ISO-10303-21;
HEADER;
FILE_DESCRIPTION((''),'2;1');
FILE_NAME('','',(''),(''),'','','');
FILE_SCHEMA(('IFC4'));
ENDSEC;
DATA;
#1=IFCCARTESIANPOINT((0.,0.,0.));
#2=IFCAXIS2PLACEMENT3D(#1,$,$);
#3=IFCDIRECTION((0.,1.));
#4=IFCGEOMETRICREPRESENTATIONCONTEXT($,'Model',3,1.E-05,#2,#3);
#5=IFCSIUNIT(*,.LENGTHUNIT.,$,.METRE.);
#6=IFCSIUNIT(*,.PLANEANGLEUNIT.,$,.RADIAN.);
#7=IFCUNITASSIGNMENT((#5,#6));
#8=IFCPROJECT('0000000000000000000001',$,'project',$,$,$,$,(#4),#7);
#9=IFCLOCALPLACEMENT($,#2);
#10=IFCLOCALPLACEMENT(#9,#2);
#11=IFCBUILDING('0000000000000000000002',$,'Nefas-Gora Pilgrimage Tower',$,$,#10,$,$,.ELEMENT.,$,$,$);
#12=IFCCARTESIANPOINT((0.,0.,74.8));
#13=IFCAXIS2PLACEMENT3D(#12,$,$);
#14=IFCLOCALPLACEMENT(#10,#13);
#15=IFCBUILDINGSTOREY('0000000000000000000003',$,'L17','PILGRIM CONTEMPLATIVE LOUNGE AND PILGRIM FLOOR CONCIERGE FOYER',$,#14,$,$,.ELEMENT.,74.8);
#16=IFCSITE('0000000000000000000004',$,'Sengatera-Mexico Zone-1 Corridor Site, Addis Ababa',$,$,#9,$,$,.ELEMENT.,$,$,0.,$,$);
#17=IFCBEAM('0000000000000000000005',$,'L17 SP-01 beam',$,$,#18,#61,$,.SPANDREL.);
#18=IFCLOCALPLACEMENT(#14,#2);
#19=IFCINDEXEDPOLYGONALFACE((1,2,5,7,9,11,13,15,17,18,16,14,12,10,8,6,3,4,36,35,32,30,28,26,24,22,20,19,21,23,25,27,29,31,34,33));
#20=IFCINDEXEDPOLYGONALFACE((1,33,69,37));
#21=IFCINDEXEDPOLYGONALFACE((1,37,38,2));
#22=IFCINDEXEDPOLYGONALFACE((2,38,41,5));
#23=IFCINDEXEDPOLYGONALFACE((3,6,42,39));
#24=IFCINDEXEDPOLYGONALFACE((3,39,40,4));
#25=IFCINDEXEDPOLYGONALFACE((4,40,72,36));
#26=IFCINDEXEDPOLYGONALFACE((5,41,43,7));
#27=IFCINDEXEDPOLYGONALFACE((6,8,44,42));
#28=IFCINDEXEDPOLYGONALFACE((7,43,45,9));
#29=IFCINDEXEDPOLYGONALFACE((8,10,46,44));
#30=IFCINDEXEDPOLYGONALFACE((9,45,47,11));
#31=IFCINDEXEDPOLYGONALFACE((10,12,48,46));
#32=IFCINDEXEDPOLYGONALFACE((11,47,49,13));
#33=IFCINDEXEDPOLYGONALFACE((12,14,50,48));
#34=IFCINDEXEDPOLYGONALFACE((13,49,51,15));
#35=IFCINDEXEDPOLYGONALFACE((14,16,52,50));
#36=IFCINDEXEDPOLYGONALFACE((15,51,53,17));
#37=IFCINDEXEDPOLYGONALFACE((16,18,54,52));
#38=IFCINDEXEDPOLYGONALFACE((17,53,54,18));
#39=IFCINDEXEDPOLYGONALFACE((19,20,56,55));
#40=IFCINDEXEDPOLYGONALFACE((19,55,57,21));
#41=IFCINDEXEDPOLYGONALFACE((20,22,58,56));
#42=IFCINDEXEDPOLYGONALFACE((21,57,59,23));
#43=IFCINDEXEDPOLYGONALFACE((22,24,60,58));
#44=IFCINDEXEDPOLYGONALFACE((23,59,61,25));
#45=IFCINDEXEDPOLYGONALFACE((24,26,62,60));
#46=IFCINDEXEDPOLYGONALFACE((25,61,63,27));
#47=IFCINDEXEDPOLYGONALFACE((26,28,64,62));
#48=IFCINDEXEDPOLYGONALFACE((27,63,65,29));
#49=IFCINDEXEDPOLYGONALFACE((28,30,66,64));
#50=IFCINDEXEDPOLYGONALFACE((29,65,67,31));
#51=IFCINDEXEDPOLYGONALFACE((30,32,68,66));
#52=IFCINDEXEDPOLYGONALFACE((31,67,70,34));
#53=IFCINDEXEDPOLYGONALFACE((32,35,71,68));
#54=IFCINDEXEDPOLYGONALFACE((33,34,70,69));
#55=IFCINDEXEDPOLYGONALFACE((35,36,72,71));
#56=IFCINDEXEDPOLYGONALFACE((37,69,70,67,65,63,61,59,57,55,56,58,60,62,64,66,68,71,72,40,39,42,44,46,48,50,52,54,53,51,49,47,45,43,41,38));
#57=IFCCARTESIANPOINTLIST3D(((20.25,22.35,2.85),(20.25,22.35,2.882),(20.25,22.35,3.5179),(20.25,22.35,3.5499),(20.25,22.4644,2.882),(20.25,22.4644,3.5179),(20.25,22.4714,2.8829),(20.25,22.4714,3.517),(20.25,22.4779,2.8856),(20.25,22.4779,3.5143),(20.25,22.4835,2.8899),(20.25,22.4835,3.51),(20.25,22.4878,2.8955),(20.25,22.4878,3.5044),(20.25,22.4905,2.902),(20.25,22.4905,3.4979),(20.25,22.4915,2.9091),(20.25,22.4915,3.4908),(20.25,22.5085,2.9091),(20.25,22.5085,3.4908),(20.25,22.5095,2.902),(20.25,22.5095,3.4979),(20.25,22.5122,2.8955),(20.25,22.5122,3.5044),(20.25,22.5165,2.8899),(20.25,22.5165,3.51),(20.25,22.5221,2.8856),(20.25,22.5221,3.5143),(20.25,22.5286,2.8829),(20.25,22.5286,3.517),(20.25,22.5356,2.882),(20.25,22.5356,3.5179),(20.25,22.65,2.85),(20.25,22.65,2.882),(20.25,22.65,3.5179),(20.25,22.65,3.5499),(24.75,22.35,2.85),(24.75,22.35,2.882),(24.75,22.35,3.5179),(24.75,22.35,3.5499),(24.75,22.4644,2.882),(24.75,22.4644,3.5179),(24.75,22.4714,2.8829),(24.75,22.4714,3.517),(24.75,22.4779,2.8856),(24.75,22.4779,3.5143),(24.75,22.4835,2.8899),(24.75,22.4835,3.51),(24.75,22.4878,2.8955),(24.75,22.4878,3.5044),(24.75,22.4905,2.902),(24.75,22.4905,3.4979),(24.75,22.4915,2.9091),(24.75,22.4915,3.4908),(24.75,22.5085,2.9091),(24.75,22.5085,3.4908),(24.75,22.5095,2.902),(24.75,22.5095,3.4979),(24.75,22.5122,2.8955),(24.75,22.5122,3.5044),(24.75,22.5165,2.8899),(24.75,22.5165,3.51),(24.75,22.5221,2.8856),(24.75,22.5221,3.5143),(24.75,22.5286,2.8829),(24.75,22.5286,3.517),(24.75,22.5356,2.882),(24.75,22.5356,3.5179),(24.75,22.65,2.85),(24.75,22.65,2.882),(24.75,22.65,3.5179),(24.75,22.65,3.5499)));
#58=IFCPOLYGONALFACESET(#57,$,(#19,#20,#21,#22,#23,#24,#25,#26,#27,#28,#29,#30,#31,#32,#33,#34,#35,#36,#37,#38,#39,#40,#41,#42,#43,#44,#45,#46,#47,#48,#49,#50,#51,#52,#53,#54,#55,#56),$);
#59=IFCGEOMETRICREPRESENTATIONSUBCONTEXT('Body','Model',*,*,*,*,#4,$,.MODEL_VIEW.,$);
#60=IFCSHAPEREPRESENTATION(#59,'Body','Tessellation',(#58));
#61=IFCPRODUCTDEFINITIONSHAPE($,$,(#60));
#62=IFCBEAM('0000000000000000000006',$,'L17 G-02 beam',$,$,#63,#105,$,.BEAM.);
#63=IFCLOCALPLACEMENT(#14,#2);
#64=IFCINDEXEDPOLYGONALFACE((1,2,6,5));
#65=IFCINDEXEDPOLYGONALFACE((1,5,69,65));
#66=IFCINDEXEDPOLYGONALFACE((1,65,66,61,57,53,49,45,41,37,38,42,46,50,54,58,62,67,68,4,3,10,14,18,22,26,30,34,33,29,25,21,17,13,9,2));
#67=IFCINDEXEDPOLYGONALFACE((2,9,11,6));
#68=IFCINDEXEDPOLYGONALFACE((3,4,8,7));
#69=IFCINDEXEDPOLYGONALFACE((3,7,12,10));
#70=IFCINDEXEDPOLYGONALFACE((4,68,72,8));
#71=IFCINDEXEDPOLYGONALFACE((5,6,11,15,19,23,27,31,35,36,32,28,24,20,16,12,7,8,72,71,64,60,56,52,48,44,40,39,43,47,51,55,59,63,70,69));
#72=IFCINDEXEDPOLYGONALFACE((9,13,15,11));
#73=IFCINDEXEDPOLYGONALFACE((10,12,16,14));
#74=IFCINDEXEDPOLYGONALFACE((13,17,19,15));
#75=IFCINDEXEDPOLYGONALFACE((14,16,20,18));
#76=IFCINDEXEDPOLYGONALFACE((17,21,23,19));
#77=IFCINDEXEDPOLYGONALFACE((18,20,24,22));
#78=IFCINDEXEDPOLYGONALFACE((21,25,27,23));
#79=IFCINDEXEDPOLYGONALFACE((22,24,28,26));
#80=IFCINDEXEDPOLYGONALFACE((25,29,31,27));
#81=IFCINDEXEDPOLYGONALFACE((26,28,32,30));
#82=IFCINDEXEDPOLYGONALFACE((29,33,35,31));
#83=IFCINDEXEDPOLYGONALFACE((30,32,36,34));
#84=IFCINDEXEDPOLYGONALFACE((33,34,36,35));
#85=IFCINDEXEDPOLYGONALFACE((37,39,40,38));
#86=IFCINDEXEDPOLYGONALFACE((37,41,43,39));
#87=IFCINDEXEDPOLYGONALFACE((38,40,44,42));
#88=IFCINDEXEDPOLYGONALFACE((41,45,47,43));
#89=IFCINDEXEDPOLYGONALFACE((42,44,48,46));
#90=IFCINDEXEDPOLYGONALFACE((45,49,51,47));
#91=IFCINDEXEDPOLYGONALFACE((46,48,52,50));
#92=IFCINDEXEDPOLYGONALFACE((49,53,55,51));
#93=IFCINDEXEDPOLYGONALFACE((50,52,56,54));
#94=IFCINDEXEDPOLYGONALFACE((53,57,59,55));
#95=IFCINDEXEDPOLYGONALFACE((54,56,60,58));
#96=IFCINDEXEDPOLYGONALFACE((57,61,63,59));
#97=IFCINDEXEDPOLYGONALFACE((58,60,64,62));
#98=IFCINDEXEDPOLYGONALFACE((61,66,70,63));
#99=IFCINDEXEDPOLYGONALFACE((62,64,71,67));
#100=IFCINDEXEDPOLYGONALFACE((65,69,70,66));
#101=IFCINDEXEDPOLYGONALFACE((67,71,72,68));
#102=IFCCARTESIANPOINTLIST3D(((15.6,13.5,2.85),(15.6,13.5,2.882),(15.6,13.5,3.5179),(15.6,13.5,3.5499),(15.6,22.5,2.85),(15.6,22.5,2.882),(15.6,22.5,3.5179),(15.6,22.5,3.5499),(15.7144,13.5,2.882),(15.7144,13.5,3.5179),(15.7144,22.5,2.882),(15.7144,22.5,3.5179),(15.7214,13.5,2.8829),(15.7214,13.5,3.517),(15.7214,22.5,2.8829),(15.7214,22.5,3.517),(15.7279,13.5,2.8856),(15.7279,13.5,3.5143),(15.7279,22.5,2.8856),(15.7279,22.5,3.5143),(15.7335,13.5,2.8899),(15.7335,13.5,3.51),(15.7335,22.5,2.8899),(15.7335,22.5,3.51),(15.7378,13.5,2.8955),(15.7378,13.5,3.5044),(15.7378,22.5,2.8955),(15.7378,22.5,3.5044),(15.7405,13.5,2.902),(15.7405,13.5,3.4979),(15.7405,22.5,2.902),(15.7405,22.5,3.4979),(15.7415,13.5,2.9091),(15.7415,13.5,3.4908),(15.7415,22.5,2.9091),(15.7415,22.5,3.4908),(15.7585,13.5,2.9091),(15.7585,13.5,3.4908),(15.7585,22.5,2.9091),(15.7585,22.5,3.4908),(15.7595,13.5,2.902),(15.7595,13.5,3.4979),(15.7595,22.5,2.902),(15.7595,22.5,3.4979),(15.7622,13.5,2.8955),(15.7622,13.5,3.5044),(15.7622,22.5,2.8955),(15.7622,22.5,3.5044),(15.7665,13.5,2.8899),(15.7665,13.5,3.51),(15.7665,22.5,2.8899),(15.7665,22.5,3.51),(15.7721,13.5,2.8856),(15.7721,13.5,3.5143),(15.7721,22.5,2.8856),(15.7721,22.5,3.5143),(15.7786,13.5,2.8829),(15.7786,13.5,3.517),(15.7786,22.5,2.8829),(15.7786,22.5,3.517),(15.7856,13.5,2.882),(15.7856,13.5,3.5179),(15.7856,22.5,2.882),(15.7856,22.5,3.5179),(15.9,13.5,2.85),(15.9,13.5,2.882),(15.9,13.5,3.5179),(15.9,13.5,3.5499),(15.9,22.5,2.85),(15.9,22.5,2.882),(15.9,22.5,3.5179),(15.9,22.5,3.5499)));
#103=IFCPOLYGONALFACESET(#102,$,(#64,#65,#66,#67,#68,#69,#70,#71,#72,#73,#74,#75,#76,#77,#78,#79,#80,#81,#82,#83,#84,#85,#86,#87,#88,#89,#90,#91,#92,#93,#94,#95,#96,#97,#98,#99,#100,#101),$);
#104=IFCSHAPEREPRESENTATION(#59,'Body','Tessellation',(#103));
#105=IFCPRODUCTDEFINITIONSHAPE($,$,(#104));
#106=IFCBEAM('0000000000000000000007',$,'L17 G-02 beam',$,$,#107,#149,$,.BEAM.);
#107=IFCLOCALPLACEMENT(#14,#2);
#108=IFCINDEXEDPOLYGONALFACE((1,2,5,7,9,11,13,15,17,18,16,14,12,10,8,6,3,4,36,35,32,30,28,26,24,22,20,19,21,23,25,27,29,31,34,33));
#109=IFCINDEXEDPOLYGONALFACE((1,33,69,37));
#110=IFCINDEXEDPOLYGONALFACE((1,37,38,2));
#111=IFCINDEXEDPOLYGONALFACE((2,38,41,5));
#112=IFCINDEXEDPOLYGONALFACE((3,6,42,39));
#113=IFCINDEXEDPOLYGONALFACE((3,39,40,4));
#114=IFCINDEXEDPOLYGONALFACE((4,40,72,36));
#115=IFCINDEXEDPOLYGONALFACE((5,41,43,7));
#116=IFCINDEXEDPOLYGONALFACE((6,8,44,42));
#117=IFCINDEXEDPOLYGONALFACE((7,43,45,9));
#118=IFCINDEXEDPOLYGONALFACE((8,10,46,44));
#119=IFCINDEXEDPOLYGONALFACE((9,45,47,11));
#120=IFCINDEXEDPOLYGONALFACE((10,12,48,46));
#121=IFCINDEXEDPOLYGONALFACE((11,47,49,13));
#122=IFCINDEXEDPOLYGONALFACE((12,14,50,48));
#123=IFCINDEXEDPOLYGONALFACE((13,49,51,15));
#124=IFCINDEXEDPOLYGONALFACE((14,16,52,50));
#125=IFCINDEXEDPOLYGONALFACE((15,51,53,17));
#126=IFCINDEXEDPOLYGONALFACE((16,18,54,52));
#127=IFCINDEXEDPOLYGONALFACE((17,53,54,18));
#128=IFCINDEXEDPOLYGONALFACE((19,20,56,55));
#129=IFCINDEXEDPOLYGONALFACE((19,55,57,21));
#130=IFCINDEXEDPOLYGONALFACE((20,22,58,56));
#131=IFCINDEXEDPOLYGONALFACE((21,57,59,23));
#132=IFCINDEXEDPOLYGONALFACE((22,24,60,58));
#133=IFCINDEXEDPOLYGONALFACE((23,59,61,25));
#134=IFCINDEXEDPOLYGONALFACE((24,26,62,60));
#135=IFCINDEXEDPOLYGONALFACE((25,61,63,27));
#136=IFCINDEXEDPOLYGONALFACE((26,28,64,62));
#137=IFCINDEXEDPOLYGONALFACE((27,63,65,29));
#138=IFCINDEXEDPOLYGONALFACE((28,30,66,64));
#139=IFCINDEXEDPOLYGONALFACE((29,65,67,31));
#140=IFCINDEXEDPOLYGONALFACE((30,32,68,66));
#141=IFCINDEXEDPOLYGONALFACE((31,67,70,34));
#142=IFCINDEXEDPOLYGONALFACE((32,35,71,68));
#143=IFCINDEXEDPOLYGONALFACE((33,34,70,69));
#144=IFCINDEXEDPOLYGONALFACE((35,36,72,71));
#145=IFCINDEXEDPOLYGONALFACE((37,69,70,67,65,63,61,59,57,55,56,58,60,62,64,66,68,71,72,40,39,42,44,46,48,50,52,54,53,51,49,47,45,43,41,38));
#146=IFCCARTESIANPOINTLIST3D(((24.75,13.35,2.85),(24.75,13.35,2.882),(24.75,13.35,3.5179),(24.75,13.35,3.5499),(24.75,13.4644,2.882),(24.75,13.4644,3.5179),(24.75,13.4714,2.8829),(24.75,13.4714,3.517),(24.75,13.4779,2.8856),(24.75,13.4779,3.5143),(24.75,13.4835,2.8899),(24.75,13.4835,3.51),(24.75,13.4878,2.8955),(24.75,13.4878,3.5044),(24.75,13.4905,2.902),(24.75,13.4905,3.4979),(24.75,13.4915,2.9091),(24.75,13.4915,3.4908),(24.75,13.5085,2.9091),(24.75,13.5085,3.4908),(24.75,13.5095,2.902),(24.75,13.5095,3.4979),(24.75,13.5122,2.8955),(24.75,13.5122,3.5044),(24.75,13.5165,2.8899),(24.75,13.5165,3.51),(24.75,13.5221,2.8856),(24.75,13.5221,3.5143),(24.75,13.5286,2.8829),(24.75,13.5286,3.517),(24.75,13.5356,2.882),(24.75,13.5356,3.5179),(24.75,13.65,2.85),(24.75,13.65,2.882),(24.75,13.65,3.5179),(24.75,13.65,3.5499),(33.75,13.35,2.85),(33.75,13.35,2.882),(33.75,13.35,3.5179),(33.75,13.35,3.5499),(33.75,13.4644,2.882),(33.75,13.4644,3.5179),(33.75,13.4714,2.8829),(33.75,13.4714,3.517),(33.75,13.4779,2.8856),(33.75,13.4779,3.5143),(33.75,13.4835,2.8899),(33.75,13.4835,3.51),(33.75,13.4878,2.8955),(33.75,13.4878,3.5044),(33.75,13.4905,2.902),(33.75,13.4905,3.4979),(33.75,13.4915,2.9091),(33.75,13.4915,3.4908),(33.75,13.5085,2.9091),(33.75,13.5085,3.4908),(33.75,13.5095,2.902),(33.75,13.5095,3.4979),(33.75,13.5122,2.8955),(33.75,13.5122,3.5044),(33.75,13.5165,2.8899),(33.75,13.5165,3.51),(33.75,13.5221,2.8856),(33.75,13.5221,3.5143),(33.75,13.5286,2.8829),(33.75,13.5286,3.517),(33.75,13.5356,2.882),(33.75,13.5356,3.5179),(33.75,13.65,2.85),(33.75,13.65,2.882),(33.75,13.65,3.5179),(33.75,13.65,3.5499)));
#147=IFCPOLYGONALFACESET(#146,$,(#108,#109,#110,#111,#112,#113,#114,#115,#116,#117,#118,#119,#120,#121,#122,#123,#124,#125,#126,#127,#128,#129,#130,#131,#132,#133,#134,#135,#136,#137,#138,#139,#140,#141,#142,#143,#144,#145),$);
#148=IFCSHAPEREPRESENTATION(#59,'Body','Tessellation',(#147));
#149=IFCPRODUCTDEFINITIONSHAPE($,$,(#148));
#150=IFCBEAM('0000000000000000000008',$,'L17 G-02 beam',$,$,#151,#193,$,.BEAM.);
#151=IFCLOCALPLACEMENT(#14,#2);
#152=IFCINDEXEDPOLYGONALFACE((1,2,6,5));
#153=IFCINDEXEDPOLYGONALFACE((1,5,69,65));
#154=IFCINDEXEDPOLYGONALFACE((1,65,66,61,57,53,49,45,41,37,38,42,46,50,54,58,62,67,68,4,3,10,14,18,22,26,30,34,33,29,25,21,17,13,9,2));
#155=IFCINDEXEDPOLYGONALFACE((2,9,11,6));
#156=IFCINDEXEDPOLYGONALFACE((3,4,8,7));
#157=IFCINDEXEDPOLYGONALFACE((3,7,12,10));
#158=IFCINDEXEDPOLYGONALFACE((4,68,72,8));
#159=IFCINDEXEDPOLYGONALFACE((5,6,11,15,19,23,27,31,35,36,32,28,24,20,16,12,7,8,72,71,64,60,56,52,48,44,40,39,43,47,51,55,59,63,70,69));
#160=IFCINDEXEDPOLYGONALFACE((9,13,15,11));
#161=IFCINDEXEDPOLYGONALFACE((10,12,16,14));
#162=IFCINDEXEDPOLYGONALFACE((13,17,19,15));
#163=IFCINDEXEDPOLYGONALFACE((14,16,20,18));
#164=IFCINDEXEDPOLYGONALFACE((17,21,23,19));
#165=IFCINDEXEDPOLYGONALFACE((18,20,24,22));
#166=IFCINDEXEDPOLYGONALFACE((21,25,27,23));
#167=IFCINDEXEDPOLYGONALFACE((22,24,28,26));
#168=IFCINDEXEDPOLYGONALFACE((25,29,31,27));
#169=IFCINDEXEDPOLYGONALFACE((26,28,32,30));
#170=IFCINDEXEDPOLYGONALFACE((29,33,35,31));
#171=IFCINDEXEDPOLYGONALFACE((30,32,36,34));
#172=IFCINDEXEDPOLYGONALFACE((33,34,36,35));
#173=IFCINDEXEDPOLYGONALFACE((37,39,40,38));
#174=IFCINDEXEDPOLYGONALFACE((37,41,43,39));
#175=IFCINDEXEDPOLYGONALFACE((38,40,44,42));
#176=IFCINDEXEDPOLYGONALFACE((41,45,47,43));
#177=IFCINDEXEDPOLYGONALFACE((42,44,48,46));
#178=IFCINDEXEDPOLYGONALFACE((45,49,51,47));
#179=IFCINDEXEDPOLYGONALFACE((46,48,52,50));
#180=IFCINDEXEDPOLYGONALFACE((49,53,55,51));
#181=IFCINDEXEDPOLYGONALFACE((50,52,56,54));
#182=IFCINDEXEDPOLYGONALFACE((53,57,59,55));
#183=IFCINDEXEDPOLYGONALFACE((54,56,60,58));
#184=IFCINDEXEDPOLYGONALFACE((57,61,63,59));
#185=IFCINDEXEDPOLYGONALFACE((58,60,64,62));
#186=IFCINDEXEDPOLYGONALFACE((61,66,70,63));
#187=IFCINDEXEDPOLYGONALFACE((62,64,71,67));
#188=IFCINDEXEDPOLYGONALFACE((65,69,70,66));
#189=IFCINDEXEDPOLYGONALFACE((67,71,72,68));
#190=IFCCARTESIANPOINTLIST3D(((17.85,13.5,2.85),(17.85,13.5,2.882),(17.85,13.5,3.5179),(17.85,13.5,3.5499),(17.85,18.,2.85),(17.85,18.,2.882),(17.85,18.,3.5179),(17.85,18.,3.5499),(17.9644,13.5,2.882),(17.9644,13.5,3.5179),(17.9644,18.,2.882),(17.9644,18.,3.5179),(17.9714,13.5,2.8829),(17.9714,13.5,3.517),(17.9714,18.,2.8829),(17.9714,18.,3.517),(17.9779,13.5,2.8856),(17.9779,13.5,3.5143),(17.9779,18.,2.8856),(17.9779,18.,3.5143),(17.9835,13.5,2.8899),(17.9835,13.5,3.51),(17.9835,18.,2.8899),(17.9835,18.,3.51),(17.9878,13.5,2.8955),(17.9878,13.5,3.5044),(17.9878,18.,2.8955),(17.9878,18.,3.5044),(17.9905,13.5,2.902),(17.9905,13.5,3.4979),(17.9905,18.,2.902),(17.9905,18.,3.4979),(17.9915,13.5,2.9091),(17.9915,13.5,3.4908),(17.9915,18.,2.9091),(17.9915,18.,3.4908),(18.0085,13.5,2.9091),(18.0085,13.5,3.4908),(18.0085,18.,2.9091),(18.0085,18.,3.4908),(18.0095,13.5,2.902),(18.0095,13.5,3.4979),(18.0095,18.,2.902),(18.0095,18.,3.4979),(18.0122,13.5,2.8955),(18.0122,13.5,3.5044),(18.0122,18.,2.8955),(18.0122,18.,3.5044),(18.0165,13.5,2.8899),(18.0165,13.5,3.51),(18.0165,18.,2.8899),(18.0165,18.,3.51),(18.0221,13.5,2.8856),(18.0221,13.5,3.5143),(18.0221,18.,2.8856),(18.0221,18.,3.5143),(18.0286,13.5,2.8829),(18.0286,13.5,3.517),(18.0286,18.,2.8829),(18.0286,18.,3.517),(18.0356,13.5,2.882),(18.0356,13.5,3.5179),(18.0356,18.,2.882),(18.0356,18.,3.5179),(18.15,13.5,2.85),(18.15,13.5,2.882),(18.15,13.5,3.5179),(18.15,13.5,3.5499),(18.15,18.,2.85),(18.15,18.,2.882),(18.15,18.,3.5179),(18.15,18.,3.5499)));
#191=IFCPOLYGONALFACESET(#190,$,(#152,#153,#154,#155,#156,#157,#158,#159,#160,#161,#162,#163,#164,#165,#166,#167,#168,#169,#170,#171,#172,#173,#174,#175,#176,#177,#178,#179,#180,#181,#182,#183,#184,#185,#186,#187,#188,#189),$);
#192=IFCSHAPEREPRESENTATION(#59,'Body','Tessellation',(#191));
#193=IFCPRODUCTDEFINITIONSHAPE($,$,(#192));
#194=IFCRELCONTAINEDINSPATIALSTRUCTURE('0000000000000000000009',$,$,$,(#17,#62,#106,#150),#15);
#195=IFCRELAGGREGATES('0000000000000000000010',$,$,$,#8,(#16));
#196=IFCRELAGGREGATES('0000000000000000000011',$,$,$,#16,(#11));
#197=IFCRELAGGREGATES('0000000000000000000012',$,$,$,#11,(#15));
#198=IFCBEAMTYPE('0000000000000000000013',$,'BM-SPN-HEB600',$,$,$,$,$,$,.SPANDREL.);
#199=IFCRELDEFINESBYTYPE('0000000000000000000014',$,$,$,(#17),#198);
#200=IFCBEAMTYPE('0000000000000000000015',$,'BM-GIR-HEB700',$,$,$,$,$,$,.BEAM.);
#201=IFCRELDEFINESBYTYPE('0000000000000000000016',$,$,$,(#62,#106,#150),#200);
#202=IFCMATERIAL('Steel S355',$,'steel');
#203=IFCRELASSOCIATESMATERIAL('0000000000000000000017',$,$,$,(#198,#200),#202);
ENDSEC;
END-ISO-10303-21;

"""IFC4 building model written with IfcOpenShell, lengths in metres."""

from ifc_helpers import new_model, si_unit, direction, frame, origin, origin_2d, place, context, subcontext, project, spatial, i_section, extrude, source, transform, mapped, material, material_profile, profile_set, type_object, element, save


model = new_model("IFC4")

# Units and contexts
model_context = context("Model", 3, precision=1e-05, world=origin(), true_north=direction((0.0, 1.0)))
body_context = subcontext(model_context, "Body", "Model", "MODEL_VIEW")
ifc_project = project(units=[si_unit("LENGTHUNIT", "METRE"), si_unit("PLANEANGLEUNIT", "RADIAN")], contexts=[model_context])

# Site, building, storey
site_placement = place(None, origin())
site = spatial("IfcSite", under=ifc_project, at=site_placement, Name="Sengatera-Mexico Zone-1 Corridor Site, Addis Ababa", CompositionType="ELEMENT", RefElevation=0.0)
building_placement = place(site_placement, origin())
building = spatial("IfcBuilding", under=site, at=building_placement, Name="Nefas-Gora Pilgrimage Tower", CompositionType="ELEMENT")
storey_placement = place(building_placement, frame((0.0, 0.0, 74.8)))
storey = spatial("IfcBuildingStorey", under=building, at=storey_placement, Name="L17", Description="PILGRIM CONTEMPLATIVE LOUNGE AND PILGRIM FLOOR CONCIERGE FOYER", CompositionType="ELEMENT", Elevation=74.8)

# Beams
ifc_material_1 = material(Name="Steel S355", Category="steel")
ifc_material_profile_1 = material_profile(ifc_material_1, i_section(OverallWidth=0.3, OverallDepth=0.7, WebThickness=0.0171, FlangeThickness=0.032, FilletRadius=0.0271, at=origin_2d()), Name="HEB 700")
ifc_profile_set_1 = profile_set([ifc_material_profile_1], Name="Steel S355")
beam_type_1 = type_object("IfcBeamType", Name="BM-SPN-HEB600", PredefinedType="SPANDREL", material=ifc_profile_set_1)
shared_shape_1 = source(origin(), body_context, "Body", "SweptSolid", [
    extrude(i_section(OverallWidth=0.3, OverallDepth=0.7, WebThickness=0.0171, FlangeThickness=0.032, FilletRadius=0.0271, at=origin_2d()), origin(), (0.0, 0.0, 1.0), 4.5),
])
beam_1_placement = place(storey_placement, frame((20.25, 22.5, 3.2), z_axis=(1.0, 0.0, 0.0), x_axis=(0.0, 1.0, 0.0)))
element("IfcBeam", 1, at=beam_1_placement, inside=storey, type_object=beam_type_1, Name="L17 SP-01 beam", PredefinedType="SPANDREL", context=body_context, shape_type="MappedRepresentation", body=[
    mapped(shared_shape_1, transform((0.0, 0.0, 0.0), x_axis=(1.0, 0.0, 0.0), y_axis=(0.0, 1.0, 0.0), z_axis=(0.0, 0.0, 1.0), scale=1.0)),
])
ifc_material_profile_2 = material_profile(ifc_material_1, i_section(OverallWidth=0.3, OverallDepth=0.7, WebThickness=0.0171, FlangeThickness=0.032, FilletRadius=0.0271, at=origin_2d()), Name="HEB 700")
ifc_profile_set_2 = profile_set([ifc_material_profile_2], Name="Steel S355")
beam_type_2 = type_object("IfcBeamType", Name="BM-GIR-HEB700", PredefinedType="BEAM", material=ifc_profile_set_2)
shared_shape_2 = source(origin(), body_context, "Body", "SweptSolid", [
    extrude(i_section(OverallWidth=0.3, OverallDepth=0.7, WebThickness=0.0171, FlangeThickness=0.032, FilletRadius=0.0271, at=origin_2d()), origin(), (0.0, 0.0, 1.0), 9.0),
])
for number, where, z_axis, x_axis, name in (
    (2, (15.75, 13.5, 3.2), (0.0, 1.0, 0.0), (-1.0, 0.0, 0.0), "L17 G-02 beam"),
    (3, (24.75, 13.5, 3.2), (1.0, 0.0, 0.0), (0.0, 1.0, 0.0), "L17 G-02 beam"),
):
    element("IfcBeam", number, at=place(storey_placement, frame(where, z_axis=z_axis, x_axis=x_axis)), inside=storey, type_object=beam_type_2, Name=name, PredefinedType="BEAM", context=body_context, shape_type="MappedRepresentation", body=[
        mapped(shared_shape_2, transform((0.0, 0.0, 0.0), x_axis=(1.0, 0.0, 0.0), y_axis=(0.0, 1.0, 0.0), z_axis=(0.0, 0.0, 1.0), scale=1.0)),
    ])
shared_shape_3 = source(origin(), body_context, "Body", "SweptSolid", [
    extrude(i_section(OverallWidth=0.3, OverallDepth=0.7, WebThickness=0.0171, FlangeThickness=0.032, FilletRadius=0.0271, at=origin_2d()), origin(), (0.0, 0.0, 1.0), 4.5),
])
for number, where, z_axis, x_axis, name in (
    (4, (18.0, 13.5, 3.2), (0.0, 1.0, 0.0), (-1.0, 0.0, 0.0), "L17 G-02 beam"),
):
    element("IfcBeam", number, at=place(storey_placement, frame(where, z_axis=z_axis, x_axis=x_axis)), inside=storey, type_object=beam_type_2, Name=name, PredefinedType="BEAM", context=body_context, shape_type="MappedRepresentation", body=[
        mapped(shared_shape_3, transform((0.0, 0.0, 0.0), x_axis=(1.0, 0.0, 0.0), y_axis=(0.0, 1.0, 0.0), z_axis=(0.0, 0.0, 1.0), scale=1.0)),
    ])

save(model, "model.ifc")
